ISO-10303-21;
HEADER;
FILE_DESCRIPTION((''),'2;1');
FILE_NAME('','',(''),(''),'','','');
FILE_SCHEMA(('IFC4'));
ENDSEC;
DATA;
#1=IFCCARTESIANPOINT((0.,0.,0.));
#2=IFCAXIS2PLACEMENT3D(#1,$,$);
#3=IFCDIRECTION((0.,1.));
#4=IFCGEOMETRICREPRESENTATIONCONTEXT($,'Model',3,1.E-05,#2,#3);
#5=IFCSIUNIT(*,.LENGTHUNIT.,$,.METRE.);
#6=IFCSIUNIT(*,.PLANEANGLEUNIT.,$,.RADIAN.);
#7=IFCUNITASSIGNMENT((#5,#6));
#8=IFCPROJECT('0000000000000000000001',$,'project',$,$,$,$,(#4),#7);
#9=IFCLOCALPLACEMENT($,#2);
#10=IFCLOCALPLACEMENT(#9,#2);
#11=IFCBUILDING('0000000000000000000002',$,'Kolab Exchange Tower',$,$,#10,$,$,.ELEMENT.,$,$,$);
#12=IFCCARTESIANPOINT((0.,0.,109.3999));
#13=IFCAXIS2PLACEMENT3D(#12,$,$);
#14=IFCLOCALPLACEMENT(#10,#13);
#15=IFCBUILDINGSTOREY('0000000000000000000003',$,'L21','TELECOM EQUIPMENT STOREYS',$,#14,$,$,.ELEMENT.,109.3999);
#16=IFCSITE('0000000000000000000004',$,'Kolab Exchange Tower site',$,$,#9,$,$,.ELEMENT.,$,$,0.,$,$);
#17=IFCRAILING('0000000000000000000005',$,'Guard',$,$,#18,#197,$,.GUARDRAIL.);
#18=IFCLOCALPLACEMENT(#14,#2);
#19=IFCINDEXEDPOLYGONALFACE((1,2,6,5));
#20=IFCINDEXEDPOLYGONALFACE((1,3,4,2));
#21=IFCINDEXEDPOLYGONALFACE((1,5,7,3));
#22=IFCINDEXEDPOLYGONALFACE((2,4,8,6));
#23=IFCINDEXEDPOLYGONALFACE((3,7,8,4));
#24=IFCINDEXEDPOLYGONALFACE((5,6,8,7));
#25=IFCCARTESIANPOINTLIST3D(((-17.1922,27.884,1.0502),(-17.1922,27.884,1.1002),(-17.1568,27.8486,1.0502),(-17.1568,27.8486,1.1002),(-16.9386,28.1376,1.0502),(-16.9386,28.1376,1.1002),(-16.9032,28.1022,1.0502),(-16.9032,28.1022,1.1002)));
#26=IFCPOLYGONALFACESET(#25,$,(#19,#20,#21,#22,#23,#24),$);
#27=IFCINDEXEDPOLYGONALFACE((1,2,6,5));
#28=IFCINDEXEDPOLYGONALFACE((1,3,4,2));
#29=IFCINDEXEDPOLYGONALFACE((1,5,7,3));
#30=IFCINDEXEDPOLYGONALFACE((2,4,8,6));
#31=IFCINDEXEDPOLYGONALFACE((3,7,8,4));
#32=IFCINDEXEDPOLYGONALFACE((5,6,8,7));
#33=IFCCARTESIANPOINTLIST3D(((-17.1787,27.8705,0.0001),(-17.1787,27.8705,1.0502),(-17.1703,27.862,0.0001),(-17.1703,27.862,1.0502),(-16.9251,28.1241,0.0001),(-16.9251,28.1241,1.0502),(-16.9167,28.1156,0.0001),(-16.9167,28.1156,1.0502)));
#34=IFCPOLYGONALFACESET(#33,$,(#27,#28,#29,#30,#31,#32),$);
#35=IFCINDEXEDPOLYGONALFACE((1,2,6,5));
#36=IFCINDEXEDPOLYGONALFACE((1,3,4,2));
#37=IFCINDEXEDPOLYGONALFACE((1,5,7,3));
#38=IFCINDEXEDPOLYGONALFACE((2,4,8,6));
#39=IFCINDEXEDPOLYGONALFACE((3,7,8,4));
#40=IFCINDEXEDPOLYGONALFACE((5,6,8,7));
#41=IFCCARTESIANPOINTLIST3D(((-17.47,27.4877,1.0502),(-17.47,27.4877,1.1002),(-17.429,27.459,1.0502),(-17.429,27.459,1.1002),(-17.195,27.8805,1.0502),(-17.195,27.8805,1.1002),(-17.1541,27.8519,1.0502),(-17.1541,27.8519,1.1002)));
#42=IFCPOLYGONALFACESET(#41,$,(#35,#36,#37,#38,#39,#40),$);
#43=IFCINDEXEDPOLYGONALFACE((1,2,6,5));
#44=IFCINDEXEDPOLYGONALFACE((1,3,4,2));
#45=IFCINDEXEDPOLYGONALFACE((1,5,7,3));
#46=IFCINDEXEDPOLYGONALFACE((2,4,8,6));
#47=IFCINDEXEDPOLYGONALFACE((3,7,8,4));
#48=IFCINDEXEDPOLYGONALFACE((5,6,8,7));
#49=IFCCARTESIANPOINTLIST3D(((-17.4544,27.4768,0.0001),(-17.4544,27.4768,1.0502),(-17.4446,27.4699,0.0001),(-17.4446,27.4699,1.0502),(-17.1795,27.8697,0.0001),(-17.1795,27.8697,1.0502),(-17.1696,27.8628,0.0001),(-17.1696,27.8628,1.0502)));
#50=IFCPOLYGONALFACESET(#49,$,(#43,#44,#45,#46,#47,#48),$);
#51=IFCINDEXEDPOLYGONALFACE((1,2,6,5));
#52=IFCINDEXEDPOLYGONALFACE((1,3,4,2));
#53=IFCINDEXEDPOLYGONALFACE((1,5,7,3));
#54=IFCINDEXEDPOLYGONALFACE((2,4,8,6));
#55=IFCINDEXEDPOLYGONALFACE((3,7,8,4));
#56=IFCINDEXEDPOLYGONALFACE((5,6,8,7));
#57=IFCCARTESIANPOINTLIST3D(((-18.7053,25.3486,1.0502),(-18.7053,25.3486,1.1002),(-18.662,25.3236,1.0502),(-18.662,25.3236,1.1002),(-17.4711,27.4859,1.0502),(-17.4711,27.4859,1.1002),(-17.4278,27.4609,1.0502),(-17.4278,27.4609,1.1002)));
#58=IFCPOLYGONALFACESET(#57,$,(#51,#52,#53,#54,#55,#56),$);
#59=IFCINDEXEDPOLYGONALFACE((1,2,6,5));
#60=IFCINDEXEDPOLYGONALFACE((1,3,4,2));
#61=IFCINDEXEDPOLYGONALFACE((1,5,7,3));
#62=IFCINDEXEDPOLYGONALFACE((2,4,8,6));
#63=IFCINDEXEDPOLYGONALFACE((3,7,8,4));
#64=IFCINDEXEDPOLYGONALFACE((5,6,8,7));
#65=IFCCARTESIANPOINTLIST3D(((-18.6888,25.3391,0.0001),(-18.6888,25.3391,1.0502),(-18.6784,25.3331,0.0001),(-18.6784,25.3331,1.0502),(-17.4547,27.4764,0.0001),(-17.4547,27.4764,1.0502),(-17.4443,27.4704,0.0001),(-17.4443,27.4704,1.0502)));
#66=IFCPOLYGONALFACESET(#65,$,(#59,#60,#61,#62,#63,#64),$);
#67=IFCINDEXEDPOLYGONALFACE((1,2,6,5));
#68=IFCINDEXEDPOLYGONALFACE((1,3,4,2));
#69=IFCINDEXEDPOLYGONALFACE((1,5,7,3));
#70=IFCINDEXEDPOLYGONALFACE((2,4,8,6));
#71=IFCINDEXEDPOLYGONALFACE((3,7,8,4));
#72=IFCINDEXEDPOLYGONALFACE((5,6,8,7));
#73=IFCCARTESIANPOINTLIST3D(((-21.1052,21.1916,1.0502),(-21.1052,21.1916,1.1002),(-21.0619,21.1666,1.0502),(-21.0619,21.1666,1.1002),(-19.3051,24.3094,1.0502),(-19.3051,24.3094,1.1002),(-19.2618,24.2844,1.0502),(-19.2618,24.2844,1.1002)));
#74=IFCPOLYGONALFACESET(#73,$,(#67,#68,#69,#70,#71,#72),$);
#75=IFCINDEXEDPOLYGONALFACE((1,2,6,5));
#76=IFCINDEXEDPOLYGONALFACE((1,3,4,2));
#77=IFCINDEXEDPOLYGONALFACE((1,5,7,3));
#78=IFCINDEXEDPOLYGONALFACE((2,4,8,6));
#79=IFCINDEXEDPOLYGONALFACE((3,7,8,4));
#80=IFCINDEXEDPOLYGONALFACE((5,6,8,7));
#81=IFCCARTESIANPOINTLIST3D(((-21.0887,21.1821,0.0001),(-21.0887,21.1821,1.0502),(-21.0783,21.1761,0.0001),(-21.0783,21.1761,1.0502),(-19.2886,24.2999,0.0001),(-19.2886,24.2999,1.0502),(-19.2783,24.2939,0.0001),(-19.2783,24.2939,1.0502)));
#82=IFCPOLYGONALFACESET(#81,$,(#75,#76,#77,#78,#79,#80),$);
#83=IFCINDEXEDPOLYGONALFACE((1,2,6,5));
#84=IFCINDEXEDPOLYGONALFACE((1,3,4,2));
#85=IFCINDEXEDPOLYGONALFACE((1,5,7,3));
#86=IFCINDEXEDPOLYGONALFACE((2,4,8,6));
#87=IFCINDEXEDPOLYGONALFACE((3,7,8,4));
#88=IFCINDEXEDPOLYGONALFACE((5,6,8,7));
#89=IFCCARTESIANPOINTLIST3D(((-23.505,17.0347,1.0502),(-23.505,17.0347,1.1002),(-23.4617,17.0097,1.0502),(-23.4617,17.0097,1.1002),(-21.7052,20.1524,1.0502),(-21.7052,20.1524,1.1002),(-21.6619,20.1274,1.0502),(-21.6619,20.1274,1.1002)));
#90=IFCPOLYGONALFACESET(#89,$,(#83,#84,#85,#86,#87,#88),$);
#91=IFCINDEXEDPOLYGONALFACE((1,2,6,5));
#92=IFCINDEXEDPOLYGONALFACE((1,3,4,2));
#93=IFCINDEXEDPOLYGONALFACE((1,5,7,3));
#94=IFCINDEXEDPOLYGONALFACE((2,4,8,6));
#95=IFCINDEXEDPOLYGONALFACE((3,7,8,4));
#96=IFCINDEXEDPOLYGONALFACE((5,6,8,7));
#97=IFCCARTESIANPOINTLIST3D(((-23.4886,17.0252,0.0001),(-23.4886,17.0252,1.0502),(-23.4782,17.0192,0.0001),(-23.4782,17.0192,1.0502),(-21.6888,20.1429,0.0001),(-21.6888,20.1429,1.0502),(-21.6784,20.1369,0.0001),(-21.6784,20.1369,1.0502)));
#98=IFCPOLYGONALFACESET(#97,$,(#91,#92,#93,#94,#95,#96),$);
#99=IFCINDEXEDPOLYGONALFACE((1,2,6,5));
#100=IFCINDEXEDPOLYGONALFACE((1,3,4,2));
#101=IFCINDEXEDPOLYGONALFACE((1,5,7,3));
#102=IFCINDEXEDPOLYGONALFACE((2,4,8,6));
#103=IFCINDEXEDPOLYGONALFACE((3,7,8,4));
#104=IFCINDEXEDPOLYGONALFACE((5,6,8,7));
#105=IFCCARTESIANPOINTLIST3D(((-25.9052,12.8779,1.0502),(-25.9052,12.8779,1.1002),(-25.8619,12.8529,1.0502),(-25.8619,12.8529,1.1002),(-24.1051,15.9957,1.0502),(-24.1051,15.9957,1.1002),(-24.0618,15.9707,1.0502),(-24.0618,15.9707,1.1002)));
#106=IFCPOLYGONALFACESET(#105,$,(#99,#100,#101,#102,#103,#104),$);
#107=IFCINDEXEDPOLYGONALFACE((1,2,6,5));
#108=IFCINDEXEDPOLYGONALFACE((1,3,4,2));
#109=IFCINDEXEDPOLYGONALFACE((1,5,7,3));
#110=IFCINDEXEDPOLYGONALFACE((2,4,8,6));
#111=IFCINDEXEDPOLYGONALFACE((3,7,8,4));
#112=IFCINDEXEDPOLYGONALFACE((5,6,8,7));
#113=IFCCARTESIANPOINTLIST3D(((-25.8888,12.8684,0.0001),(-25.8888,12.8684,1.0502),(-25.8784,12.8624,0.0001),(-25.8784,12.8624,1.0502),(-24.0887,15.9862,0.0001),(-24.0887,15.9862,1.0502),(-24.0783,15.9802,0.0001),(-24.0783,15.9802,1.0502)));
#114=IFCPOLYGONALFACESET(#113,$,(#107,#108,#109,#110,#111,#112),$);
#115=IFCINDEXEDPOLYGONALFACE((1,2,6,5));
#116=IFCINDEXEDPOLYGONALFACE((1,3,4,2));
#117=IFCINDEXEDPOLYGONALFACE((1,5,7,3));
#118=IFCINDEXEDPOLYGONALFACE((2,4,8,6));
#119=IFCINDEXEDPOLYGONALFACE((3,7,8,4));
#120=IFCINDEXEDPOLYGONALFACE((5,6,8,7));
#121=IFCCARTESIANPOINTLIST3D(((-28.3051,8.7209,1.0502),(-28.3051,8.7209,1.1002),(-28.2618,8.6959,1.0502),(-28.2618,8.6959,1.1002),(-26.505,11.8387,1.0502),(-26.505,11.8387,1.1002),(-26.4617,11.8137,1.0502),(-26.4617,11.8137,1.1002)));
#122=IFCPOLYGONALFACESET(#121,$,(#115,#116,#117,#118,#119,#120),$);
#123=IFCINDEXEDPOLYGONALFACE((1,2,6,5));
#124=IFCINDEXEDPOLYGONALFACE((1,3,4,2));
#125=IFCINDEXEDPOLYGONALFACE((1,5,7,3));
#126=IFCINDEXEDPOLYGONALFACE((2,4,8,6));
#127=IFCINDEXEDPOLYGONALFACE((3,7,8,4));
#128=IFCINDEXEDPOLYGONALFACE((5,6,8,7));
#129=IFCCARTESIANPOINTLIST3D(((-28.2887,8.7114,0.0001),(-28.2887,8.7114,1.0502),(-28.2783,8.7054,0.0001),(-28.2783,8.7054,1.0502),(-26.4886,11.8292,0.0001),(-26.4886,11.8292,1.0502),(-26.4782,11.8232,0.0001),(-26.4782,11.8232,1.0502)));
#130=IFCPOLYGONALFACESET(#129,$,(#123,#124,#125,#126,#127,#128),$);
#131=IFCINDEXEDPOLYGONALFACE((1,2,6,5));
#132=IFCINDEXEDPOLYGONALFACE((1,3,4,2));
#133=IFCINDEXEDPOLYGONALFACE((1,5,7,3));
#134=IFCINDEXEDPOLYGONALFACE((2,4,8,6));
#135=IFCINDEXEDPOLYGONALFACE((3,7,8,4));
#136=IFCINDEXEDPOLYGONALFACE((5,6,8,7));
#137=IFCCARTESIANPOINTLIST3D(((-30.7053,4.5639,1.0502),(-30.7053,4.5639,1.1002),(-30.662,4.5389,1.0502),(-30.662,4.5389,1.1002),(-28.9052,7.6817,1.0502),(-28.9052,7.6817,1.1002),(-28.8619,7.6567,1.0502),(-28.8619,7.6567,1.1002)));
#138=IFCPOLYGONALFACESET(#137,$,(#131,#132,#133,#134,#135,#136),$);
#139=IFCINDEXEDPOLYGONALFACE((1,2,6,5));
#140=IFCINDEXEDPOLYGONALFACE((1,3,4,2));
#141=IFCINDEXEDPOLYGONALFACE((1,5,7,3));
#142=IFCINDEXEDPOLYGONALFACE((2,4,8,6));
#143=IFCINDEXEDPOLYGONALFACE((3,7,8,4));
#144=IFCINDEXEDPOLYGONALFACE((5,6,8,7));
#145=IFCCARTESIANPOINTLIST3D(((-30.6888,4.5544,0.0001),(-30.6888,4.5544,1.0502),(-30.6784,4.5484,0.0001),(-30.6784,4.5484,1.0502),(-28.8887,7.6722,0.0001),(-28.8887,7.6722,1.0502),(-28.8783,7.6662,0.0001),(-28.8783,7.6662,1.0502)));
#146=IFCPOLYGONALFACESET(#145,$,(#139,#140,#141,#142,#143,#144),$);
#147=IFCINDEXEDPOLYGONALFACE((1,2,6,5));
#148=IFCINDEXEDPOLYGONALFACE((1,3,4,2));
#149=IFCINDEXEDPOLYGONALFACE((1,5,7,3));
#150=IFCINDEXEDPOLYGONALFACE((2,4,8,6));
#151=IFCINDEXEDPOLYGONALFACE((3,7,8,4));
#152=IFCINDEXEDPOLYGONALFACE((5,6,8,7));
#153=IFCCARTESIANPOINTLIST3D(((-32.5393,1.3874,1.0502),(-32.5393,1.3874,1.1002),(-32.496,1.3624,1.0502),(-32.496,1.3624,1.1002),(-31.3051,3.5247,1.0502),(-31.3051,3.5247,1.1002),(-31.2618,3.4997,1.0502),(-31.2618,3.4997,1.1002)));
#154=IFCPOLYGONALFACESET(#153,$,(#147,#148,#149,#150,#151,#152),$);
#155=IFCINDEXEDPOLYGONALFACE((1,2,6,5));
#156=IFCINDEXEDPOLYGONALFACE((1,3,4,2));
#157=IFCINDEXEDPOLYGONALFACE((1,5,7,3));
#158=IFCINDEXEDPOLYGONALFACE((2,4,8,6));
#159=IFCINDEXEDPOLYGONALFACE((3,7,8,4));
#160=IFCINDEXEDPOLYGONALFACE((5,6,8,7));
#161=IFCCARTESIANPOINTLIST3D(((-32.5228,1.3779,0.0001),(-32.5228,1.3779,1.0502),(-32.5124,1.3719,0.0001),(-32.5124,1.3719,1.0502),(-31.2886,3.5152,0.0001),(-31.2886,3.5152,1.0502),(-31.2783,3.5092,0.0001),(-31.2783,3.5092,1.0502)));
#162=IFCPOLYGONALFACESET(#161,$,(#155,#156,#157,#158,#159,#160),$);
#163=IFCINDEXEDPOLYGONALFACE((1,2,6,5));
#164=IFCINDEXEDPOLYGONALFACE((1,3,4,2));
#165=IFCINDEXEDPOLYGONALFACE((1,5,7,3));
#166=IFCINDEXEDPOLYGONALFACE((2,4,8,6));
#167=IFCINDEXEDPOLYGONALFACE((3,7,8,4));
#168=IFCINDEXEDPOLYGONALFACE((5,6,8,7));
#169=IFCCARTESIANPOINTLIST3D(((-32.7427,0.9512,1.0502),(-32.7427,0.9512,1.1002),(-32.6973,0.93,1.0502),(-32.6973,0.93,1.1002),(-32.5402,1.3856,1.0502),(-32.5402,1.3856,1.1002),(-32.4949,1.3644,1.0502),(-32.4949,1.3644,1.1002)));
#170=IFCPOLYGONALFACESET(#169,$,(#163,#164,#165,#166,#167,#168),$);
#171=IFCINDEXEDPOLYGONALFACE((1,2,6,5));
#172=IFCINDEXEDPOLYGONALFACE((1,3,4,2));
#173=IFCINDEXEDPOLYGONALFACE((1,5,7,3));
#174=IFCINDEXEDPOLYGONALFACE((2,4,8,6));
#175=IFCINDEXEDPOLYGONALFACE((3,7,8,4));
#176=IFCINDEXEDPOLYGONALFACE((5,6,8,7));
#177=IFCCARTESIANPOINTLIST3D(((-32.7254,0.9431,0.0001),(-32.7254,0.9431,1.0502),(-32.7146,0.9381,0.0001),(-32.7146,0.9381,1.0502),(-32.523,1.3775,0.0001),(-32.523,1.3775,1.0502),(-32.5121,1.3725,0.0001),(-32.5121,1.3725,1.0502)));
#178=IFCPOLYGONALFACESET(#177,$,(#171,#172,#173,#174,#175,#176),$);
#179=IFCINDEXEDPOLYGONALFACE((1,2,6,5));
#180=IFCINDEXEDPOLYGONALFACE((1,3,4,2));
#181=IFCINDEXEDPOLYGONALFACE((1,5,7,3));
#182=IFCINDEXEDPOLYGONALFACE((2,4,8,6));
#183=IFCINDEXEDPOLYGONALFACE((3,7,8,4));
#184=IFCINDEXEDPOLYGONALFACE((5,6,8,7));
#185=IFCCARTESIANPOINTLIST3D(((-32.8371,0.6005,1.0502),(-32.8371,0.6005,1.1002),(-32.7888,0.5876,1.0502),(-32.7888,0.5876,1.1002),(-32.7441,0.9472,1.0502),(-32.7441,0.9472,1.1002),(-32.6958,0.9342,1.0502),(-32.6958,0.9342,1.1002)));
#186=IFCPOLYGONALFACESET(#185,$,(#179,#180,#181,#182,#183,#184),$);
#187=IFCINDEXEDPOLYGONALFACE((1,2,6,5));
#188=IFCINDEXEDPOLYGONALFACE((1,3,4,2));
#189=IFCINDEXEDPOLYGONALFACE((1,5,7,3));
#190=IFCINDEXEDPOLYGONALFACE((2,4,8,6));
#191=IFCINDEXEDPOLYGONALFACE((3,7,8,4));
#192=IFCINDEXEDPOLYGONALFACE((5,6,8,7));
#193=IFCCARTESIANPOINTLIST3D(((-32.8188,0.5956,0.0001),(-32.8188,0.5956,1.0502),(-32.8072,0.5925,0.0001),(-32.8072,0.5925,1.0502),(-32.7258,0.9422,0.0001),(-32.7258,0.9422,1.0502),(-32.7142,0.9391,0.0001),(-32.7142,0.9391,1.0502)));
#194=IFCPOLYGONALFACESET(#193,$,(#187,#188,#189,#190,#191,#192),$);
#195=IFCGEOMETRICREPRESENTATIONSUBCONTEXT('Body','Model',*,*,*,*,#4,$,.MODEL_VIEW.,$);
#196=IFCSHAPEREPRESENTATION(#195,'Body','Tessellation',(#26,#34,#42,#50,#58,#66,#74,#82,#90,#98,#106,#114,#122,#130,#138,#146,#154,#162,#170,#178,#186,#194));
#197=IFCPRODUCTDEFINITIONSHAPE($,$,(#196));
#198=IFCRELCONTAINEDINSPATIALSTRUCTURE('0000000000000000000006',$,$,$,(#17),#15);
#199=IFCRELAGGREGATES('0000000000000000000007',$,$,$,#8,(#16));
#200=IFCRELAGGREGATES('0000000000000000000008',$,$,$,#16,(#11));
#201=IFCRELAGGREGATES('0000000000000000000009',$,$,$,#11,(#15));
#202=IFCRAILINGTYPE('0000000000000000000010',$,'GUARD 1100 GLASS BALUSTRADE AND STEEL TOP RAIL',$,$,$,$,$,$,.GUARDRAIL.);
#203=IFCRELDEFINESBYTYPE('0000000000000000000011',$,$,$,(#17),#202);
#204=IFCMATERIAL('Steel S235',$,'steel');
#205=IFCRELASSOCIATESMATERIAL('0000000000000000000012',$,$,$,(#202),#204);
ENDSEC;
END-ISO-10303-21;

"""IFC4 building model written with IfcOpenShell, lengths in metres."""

from ifc_helpers import new_model, si_unit, direction, frame, frame_2d, origin, origin_2d, place, context, subcontext, project, spatial, rectangle, extrude, material, type_object, element, save


model = new_model("IFC4")

# Units and contexts
model_context = context("Model", 3, precision=1e-05, world=origin(), true_north=direction((0.0, 1.0)))
body_context = subcontext(model_context, "Body", "Model", "MODEL_VIEW")
ifc_project = project(units=[si_unit("LENGTHUNIT", "METRE"), si_unit("PLANEANGLEUNIT", "RADIAN")], contexts=[model_context])

# Site, building, storey
site_placement = place(None, origin())
site = spatial("IfcSite", under=ifc_project, at=site_placement, Name="Kolab Exchange Tower site", CompositionType="ELEMENT", RefElevation=0.0)
building_placement = place(site_placement, origin())
building = spatial("IfcBuilding", under=site, at=building_placement, Name="Kolab Exchange Tower", CompositionType="ELEMENT")
storey_placement = place(building_placement, frame((0.0, 0.0, 109.3999)))
storey = spatial("IfcBuildingStorey", under=building, at=storey_placement, Name="L21", Description="TELECOM EQUIPMENT STOREYS", CompositionType="ELEMENT", Elevation=109.3999)

# Railing
ifc_material_1 = material(Name="Steel S235", Category="steel")
railing_type = type_object("IfcRailingType", Name="GUARD 1100 GLASS BALUSTRADE AND STEEL TOP RAIL", PredefinedType="GUARDRAIL", material=ifc_material_1)
railing_placement = place(storey_placement, frame((-16.9209, 28.1199, 0.0)))
element("IfcRailing", 1, at=railing_placement, inside=storey, type_object=railing_type, Name="Guard", PredefinedType="GUARDRAIL", context=body_context, shape_type="SweptSolid", body=[
    extrude(rectangle(XDim=0.05, YDim=0.05, at=origin_2d()), frame((0.0, 0.0, 1.0752), z_axis=(-0.707107, -0.707107, 0.0), x_axis=(0.707107, -0.707107, 0.0)), (0.0, 0.0, 1.0), 0.3586),
    extrude(rectangle(XDim=0.012, YDim=1.0501, at=frame_2d((0.0, 0.5251))), frame((0.0, 0.0, 0.0), z_axis=(-0.707107, -0.707107, 0.0), x_axis=(0.707107, -0.707107, 0.0)), (0.0, 0.0, 1.0), 0.3586),
    extrude(rectangle(XDim=0.05, YDim=0.05, at=origin_2d()), frame((-0.2537, -0.2537, 1.0752), z_axis=(-0.57336, -0.819304, 0.0), x_axis=(0.819304, -0.57336, 0.0)), (0.0, 0.0, 1.0), 0.4795),
    extrude(rectangle(XDim=0.012, YDim=1.0501, at=frame_2d((0.0, 0.5251))), frame((-0.2537, -0.2537, 0.0), z_axis=(-0.57336, -0.819304, 0.0), x_axis=(0.819304, -0.57336, 0.0)), (0.0, 0.0, 1.0), 0.4795),
    extrude(rectangle(XDim=0.05, YDim=0.05, at=origin_2d()), frame((-0.5286, -0.6465, 1.0752), z_axis=(-0.500065, -0.865988, 0.0), x_axis=(0.865988, -0.500065, 0.0)), (0.0, 0.0, 1.0), 2.468),
    extrude(rectangle(XDim=0.012, YDim=1.0501, at=frame_2d((0.0, 0.5251))), frame((-0.5286, -0.6465, 0.0), z_axis=(-0.500065, -0.865988, 0.0), x_axis=(0.865988, -0.500065, 0.0)), (0.0, 0.0, 1.0), 2.468),
    extrude(rectangle(XDim=0.05, YDim=0.05, at=origin_2d()), frame((-2.3625, -3.823, 1.0752), z_axis=(-0.500012, -0.866018, 0.0), x_axis=(0.866018, -0.500012, 0.0)), (0.0, 0.0, 1.0), 3.6001),
    extrude(rectangle(XDim=0.012, YDim=1.0501, at=frame_2d((0.0, 0.5251))), frame((-2.3625, -3.823, 0.0), z_axis=(-0.500012, -0.866018, 0.0), x_axis=(0.866018, -0.500012, 0.0)), (0.0, 0.0, 1.0), 3.6001),
    extrude(rectangle(XDim=0.05, YDim=0.05, at=origin_2d()), frame((-4.7627, -7.98, 1.0752), z_axis=(-0.499961, -0.866048, 0.0), x_axis=(0.866048, -0.499961, 0.0)), (0.0, 0.0, 1.0), 3.5999),
    extrude(rectangle(XDim=0.012, YDim=1.0501, at=frame_2d((0.0, 0.5251))), frame((-4.7627, -7.98, 0.0), z_axis=(-0.499961, -0.866048, 0.0), x_axis=(0.866048, -0.499961, 0.0)), (0.0, 0.0, 1.0), 3.5999),
    extrude(rectangle(XDim=0.05, YDim=0.05, at=origin_2d()), frame((-7.1626, -12.1367, 1.0752), z_axis=(-0.500012, -0.866018, 0.0), x_axis=(0.866018, -0.500012, 0.0)), (0.0, 0.0, 1.0), 3.6001),
    extrude(rectangle(XDim=0.012, YDim=1.0501, at=frame_2d((0.0, 0.5251))), frame((-7.1626, -12.1367, 0.0), z_axis=(-0.500012, -0.866018, 0.0), x_axis=(0.866018, -0.500012, 0.0)), (0.0, 0.0, 1.0), 3.6001),
    extrude(rectangle(XDim=0.05, YDim=0.05, at=origin_2d()), frame((-9.5625, -16.2937, 1.0752), z_axis=(-0.500012, -0.866018, 0.0), x_axis=(0.866018, -0.500012, 0.0)), (0.0, 0.0, 1.0), 3.6001),
    extrude(rectangle(XDim=0.012, YDim=1.0501, at=frame_2d((0.0, 0.5251))), frame((-9.5625, -16.2937, 0.0), z_axis=(-0.500012, -0.866018, 0.0), x_axis=(0.866018, -0.500012, 0.0)), (0.0, 0.0, 1.0), 3.6001),
    extrude(rectangle(XDim=0.05, YDim=0.05, at=origin_2d()), frame((-11.9626, -20.4507, 1.0752), z_axis=(-0.500012, -0.866018, 0.0), x_axis=(0.866018, -0.500012, 0.0)), (0.0, 0.0, 1.0), 3.6001),
    extrude(rectangle(XDim=0.012, YDim=1.0501, at=frame_2d((0.0, 0.5251))), frame((-11.9626, -20.4507, 0.0), z_axis=(-0.500012, -0.866018, 0.0), x_axis=(0.866018, -0.500012, 0.0)), (0.0, 0.0, 1.0), 3.6001),
    extrude(rectangle(XDim=0.05, YDim=0.05, at=origin_2d()), frame((-14.3625, -24.6077, 1.0752), z_axis=(-0.500065, -0.865988, 0.0), x_axis=(0.865988, -0.500065, 0.0)), (0.0, 0.0, 1.0), 2.468),
    extrude(rectangle(XDim=0.012, YDim=1.0501, at=frame_2d((0.0, 0.5251))), frame((-14.3625, -24.6077, 0.0), z_axis=(-0.500065, -0.865988, 0.0), x_axis=(0.865988, -0.500065, 0.0)), (0.0, 0.0, 1.0), 2.468),
    extrude(rectangle(XDim=0.05, YDim=0.05, at=origin_2d()), frame((-15.5967, -26.7449, 1.0752), z_axis=(-0.422383, -0.906417, 0.0), x_axis=(0.906417, -0.422383, 0.0)), (0.0, 0.0, 1.0), 0.4792),
    extrude(rectangle(XDim=0.012, YDim=1.0501, at=frame_2d((0.0, 0.5251))), frame((-15.5967, -26.7449, 0.0), z_axis=(-0.422383, -0.906417, 0.0), x_axis=(0.906417, -0.422383, 0.0)), (0.0, 0.0, 1.0), 0.4792),
    extrude(rectangle(XDim=0.05, YDim=0.05, at=origin_2d()), frame((-15.7991, -27.1792, 1.0752), z_axis=(-0.259144, -0.965839, 0.0), x_axis=(0.965839, -0.259144, 0.0)), (0.0, 0.0, 1.0), 0.3589),
    extrude(rectangle(XDim=0.012, YDim=1.0501, at=frame_2d((0.0, 0.5251))), frame((-15.7991, -27.1792, 0.0), z_axis=(-0.259144, -0.965839, 0.0), x_axis=(0.965839, -0.259144, 0.0)), (0.0, 0.0, 1.0), 0.3589),
])

save(model, "model.ifc")
